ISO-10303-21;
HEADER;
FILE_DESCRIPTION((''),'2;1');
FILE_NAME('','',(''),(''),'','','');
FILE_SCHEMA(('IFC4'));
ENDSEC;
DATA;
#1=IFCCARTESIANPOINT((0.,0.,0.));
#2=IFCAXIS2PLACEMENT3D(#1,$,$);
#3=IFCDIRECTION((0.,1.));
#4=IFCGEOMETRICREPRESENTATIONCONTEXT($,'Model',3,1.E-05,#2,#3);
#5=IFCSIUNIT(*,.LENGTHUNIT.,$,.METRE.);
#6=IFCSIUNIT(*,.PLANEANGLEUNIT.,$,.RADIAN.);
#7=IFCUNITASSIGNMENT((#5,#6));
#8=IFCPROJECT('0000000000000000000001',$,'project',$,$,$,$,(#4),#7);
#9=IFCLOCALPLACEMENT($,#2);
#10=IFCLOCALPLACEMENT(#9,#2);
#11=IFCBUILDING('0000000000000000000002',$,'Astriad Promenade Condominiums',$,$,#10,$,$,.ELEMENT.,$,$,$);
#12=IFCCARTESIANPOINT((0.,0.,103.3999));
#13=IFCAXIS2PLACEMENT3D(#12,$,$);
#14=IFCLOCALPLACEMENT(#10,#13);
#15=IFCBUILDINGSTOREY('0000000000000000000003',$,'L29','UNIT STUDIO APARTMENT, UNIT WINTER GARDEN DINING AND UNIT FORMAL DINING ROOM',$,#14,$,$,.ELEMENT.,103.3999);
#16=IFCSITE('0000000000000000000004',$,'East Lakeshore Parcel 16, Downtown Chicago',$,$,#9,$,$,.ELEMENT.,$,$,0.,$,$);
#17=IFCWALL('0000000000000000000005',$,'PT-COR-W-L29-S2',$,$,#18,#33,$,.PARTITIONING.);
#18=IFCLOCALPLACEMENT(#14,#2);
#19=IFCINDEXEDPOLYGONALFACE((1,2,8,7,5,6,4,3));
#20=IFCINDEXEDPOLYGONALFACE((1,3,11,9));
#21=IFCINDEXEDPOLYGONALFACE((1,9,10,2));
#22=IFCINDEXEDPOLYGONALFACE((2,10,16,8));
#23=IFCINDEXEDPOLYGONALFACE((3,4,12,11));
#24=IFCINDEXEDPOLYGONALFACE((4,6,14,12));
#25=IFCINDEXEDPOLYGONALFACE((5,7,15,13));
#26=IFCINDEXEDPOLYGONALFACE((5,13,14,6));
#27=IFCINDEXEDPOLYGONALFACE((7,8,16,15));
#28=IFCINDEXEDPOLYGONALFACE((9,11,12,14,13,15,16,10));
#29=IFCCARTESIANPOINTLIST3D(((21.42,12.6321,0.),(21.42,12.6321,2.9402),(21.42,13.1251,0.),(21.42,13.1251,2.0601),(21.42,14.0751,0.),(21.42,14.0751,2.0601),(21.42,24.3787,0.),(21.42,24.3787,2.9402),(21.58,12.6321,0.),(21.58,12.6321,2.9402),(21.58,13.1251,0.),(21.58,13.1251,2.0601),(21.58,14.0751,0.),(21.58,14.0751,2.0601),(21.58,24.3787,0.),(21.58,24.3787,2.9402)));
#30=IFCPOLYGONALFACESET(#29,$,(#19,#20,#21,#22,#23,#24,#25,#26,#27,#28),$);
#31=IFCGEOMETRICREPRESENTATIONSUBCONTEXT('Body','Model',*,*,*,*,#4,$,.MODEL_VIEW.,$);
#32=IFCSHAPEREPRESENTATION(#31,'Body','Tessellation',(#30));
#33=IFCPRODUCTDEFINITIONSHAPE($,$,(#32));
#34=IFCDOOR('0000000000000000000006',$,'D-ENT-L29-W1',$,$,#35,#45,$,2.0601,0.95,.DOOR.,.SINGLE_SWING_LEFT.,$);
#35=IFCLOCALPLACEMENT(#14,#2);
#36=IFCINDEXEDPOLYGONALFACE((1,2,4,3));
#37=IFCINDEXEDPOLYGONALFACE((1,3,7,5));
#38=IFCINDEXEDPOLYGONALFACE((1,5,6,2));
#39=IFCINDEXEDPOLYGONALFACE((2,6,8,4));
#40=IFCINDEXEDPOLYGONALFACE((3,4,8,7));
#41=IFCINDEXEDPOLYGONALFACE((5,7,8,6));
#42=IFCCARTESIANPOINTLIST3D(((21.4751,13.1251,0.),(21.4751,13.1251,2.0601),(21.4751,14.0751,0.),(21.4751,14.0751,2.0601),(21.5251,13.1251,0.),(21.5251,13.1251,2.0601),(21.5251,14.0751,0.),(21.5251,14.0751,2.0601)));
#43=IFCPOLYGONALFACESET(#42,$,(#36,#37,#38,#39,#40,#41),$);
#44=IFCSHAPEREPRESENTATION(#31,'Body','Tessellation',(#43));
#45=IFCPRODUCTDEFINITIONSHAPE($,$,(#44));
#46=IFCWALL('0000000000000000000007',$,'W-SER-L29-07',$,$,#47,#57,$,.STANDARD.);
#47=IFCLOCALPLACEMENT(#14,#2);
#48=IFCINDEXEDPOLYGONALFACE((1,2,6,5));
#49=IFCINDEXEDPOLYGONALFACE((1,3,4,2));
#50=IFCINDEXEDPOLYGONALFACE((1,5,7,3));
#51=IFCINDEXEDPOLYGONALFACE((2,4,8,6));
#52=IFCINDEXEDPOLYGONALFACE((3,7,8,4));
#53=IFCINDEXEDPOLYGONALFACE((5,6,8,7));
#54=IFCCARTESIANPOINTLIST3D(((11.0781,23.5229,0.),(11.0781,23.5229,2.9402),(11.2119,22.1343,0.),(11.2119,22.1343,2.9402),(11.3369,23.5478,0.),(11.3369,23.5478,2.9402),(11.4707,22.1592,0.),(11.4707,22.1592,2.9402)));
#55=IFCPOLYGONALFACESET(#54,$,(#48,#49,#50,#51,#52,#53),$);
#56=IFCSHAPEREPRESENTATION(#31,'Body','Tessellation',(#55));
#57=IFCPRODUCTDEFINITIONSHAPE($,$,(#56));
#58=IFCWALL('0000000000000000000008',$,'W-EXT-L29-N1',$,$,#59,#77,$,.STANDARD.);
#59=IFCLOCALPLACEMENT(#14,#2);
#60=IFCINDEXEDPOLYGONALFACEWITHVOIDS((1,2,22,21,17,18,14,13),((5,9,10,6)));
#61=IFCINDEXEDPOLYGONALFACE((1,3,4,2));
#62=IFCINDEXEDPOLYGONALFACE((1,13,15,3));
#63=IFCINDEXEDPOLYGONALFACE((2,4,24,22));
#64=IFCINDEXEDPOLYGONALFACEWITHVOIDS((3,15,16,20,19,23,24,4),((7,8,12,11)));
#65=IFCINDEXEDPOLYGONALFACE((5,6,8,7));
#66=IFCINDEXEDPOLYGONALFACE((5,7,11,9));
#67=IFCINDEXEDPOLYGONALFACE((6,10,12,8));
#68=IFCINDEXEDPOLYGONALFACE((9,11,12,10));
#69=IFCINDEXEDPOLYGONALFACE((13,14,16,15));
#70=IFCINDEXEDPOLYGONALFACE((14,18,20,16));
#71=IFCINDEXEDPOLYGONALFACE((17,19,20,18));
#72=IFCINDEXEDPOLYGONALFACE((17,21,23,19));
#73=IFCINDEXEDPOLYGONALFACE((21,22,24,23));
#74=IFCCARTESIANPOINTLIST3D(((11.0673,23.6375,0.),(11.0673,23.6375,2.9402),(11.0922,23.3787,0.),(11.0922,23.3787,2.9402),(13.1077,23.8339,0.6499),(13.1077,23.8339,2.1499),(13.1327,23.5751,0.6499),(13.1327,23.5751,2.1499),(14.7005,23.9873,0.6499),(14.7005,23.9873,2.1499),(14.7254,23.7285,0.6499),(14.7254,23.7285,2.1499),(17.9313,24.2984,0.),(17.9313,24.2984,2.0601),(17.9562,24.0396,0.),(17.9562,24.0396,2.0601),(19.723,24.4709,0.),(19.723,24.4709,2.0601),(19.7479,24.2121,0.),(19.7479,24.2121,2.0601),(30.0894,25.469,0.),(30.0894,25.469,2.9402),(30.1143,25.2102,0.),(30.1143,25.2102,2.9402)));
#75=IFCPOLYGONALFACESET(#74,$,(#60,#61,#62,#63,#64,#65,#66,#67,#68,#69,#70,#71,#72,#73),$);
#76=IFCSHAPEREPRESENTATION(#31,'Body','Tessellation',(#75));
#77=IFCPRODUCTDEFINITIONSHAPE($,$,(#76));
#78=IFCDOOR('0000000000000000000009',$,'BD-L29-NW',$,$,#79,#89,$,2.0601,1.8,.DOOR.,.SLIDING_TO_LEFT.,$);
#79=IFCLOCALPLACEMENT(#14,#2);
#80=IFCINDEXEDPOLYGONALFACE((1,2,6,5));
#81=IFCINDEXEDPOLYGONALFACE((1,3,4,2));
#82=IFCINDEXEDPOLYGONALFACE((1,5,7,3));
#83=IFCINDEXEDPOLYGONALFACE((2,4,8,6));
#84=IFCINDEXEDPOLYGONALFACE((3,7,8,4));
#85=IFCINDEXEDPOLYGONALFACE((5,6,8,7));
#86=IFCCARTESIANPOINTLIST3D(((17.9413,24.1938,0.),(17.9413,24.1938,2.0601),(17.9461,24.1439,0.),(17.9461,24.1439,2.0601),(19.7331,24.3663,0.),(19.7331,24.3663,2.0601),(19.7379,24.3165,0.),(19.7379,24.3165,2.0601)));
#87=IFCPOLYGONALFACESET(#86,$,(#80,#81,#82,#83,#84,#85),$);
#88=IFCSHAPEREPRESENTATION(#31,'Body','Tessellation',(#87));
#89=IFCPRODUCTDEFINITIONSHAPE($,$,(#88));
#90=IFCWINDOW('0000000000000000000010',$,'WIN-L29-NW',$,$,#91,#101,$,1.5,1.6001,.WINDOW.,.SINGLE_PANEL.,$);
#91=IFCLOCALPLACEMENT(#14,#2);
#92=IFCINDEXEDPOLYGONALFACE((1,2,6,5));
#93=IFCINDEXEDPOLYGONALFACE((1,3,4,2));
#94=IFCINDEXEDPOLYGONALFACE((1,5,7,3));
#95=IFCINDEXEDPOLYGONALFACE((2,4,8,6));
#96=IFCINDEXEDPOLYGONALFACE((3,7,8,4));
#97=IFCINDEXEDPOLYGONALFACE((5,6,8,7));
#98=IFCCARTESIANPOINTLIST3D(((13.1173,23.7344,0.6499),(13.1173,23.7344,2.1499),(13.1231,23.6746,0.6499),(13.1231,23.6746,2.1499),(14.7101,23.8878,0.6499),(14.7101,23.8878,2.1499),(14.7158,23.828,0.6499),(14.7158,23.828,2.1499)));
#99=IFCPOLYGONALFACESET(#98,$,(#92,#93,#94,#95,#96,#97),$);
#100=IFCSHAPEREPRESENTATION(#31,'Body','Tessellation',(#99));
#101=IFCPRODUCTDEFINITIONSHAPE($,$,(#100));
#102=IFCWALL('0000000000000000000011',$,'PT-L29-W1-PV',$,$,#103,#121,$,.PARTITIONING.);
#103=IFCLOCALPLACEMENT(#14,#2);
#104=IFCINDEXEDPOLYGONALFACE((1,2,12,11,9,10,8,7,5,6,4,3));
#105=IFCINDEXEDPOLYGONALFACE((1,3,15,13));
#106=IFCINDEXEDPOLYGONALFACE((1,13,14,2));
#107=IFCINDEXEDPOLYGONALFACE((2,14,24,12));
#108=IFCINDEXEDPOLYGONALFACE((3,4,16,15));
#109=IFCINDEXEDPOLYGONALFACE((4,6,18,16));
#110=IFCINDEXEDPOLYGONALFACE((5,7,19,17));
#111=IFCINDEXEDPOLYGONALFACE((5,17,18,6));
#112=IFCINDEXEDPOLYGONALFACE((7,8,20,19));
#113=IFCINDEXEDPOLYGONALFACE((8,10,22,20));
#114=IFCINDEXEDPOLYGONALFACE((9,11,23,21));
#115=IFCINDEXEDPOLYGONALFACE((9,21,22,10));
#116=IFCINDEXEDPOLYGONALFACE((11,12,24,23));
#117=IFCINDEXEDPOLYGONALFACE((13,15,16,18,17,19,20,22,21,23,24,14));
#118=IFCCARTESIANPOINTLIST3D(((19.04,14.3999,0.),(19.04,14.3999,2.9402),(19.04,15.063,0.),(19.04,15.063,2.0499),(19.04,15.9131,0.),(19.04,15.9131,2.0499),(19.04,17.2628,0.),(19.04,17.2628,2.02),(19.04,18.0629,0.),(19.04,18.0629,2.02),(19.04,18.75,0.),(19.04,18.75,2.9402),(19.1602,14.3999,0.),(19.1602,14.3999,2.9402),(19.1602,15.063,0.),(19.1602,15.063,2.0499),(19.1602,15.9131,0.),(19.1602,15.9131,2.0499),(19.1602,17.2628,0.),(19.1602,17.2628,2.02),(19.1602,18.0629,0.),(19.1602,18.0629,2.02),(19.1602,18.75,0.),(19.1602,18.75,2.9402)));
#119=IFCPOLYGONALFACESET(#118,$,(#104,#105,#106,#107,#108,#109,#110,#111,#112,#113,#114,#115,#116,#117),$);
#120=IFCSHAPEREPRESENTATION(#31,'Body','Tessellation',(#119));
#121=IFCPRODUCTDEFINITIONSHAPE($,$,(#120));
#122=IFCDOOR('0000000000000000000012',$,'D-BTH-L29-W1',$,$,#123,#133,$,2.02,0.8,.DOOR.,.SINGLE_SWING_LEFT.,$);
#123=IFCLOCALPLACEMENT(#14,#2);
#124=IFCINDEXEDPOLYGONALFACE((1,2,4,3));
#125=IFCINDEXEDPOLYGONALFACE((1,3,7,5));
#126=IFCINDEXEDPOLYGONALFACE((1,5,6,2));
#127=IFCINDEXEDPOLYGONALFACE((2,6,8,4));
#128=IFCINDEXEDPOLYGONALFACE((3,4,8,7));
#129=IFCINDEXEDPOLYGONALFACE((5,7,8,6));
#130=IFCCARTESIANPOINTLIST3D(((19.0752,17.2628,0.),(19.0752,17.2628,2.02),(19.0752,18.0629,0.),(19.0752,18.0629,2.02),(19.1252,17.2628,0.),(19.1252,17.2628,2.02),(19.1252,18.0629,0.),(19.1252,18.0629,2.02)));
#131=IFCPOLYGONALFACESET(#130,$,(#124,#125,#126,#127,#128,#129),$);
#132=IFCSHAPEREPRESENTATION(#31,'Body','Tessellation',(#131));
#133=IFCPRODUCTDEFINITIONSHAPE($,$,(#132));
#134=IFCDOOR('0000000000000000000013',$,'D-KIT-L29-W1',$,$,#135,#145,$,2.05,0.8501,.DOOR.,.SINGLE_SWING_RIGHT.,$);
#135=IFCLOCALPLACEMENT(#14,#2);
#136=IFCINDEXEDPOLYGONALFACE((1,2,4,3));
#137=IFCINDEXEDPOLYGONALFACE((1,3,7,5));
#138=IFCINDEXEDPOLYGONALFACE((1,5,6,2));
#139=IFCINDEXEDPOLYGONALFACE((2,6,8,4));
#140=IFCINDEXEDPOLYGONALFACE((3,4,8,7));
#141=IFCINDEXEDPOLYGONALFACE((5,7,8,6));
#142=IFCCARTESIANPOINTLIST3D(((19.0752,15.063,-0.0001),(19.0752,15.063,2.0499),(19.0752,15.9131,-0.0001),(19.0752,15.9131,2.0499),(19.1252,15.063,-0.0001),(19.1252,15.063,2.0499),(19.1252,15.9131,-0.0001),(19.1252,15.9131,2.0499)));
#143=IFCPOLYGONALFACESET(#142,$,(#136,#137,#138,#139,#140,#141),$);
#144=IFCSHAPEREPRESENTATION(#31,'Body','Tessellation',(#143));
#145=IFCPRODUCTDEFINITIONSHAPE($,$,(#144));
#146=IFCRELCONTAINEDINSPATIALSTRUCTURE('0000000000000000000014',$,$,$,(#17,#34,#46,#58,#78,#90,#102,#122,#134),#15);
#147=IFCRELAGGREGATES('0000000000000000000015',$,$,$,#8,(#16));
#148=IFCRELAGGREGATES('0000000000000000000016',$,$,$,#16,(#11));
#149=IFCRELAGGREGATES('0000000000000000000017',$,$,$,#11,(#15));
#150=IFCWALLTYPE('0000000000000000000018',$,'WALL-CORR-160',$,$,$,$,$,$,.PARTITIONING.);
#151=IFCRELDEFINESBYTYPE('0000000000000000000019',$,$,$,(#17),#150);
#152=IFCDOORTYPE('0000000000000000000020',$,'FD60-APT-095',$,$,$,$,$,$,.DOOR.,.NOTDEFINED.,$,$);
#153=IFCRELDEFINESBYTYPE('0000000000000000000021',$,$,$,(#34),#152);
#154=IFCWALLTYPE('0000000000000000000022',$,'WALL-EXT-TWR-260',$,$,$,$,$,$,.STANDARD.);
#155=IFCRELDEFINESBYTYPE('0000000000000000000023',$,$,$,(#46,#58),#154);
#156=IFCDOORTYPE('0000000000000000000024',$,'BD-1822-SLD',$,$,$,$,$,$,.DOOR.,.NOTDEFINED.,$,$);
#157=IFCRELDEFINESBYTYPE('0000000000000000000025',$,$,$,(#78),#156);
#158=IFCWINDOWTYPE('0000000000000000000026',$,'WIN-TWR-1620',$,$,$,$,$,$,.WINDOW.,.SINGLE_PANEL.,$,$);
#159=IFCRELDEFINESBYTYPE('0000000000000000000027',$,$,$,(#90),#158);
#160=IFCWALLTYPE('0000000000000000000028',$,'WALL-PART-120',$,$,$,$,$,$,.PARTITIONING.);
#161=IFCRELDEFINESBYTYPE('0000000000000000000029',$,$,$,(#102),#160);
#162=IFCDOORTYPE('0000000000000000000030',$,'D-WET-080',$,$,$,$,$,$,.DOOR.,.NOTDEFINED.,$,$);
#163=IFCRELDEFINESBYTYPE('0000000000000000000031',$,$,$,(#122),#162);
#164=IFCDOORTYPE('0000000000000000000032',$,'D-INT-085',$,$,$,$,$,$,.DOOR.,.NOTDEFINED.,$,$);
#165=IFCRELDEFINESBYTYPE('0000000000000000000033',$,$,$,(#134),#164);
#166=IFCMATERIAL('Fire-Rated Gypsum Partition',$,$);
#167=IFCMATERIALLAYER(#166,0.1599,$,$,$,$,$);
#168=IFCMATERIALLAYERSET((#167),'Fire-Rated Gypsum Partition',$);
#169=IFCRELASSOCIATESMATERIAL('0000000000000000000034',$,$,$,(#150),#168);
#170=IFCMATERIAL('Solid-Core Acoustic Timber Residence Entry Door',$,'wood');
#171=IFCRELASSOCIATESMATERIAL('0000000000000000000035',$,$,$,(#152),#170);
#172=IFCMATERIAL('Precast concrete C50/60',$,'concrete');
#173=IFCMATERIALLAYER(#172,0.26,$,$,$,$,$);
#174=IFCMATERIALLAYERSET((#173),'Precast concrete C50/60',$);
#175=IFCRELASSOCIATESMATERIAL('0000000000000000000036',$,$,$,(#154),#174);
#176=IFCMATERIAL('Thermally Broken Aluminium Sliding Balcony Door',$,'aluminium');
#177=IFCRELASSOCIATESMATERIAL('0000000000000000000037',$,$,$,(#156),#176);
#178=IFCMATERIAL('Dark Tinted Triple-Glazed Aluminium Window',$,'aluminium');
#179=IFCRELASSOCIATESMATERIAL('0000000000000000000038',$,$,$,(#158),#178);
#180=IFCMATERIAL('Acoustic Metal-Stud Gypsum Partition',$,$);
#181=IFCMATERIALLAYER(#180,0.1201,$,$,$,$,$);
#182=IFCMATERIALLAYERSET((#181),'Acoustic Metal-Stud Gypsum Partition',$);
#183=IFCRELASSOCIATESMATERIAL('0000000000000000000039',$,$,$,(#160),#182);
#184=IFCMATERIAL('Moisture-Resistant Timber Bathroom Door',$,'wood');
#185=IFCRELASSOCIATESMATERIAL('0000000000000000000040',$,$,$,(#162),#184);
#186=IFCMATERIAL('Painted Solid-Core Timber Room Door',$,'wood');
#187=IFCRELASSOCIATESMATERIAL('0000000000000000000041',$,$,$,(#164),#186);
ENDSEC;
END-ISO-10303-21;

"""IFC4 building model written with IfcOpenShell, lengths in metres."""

from ifc_helpers import new_model, si_unit, direction, frame, frame_2d, origin, place, context, subcontext, project, spatial, rectangle, extrude, source, transform, mapped, material, layer, layer_set, type_object, type_shapes, element, fill, save


model = new_model("IFC4")

# Units and contexts
model_context = context("Model", 3, precision=1e-05, world=origin(), true_north=direction((0.0, 1.0)))
body_context = subcontext(model_context, "Body", "Model", "MODEL_VIEW")
ifc_project = project(units=[si_unit("LENGTHUNIT", "METRE"), si_unit("PLANEANGLEUNIT", "RADIAN")], contexts=[model_context])

# Site, building, storey
site_placement = place(None, origin())
site = spatial("IfcSite", under=ifc_project, at=site_placement, Name="East Lakeshore Parcel 16, Downtown Chicago", CompositionType="ELEMENT", RefElevation=0.0)
building_placement = place(site_placement, origin())
building = spatial("IfcBuilding", under=site, at=building_placement, Name="Astriad Promenade Condominiums", CompositionType="ELEMENT")
storey_placement = place(building_placement, frame((0.0, 0.0, 103.3999)))
storey = spatial("IfcBuildingStorey", under=building, at=storey_placement, Name="L29", Description="UNIT STUDIO APARTMENT, UNIT WINTER GARDEN DINING AND UNIT FORMAL DINING ROOM", CompositionType="ELEMENT", Elevation=103.3999)

# Shared definitions
ifc_material_1 = material(Name="Fire-Rated Gypsum Partition")
ifc_layer_1 = layer(ifc_material_1, 0.1599)
ifc_layer_set_1 = layer_set([ifc_layer_1], Name="Fire-Rated Gypsum Partition")
wall_type_1 = type_object("IfcWallType", Name="WALL-CORR-160", PredefinedType="PARTITIONING", material=ifc_layer_set_1)
ifc_material_2 = material(Name="Solid-Core Acoustic Timber Residence Entry Door", Category="wood")
door_type_1 = type_object("IfcDoorType", Name="FD60-APT-095", OperationType="NOTDEFINED", PredefinedType="DOOR", material=ifc_material_2)
shared_shape_1 = source(origin(), body_context, "Body", "SweptSolid", [
    extrude(rectangle(XDim=0.95, YDim=2.0601, at=frame_2d((0.4751, 1.03))), frame((0.0, 0.0249, 0.0), z_axis=(0.0, -1.0, 0.0), x_axis=(1.0, 0.0, 0.0)), (0.0, 0.0, 1.0), 0.05),
])
type_shapes(door_type_1, [shared_shape_1])

# Wall, opening, door
wall_1_placement = place(storey_placement, frame((21.5, 12.6321, 0.0), z_axis=(0.0, 0.0, 1.0), x_axis=(0.0, 1.0, 0.0)))
wall_1 = element("IfcWall", 1, at=wall_1_placement, inside=storey, type_object=wall_type_1, Name="PT-COR-W-L29-S2", PredefinedType="PARTITIONING", context=body_context, shape_type="SweptSolid", body=[
    extrude(rectangle(XDim=11.7466, YDim=0.1599, at=frame_2d((5.8733, 0.0))), origin(), (0.0, 0.0, 1.0), 2.9402),
])
opening_1_placement = place(wall_1_placement, frame((0.4929, 0.0, 0.0)))
opening_1 = element("IfcOpeningElement", 2, at=opening_1_placement, cuts=wall_1, PredefinedType="OPENING", context=body_context, shape_type="SweptSolid", body=[
    extrude(rectangle(XDim=0.95, YDim=2.0601, at=frame_2d((0.4751, 1.03))), frame((0.0, 0.0898, 0.0), z_axis=(0.0, -1.0, 0.0), x_axis=(1.0, 0.0, 0.0)), (0.0, 0.0, 1.0), 0.1799),
])
door_1_placement = place(opening_1_placement, origin())
door_1 = element("IfcDoor", 3, at=door_1_placement, inside=storey, type_object=door_type_1, Name="D-ENT-L29-W1", OperationType="SINGLE_SWING_LEFT", OverallHeight=2.0601, OverallWidth=0.95, PredefinedType="DOOR", context=body_context, shape_type="MappedRepresentation", body=[
    mapped(shared_shape_1, transform((0.0, 0.0, 0.0), scale=1.0)),
])
fill(opening_1, door_1)

# Wall
ifc_material_3 = material(Name="Precast concrete C50/60", Category="concrete")
ifc_layer_2 = layer(ifc_material_3, 0.26)
ifc_layer_set_2 = layer_set([ifc_layer_2], Name="Precast concrete C50/60")
wall_type_2 = type_object("IfcWallType", Name="WALL-EXT-TWR-260", PredefinedType="STANDARD", material=ifc_layer_set_2)
wall_2_placement = place(storey_placement, frame((11.3413, 22.1467, 0.0), z_axis=(0.0, 0.0, 1.0), x_axis=(-0.095899, 0.995391, 0.0)))
element("IfcWall", 4, at=wall_2_placement, inside=storey, type_object=wall_type_2, Name="W-SER-L29-07", PredefinedType="STANDARD", context=body_context, shape_type="SweptSolid", body=[
    extrude(rectangle(XDim=1.395, YDim=0.26, at=frame_2d((0.6975, 0.0))), origin(), (0.0, 0.0, 1.0), 2.9402),
])

# Wall, openings, door, window
wall_3_placement = place(storey_placement, frame((11.0796, 23.5081, 0.0), z_axis=(0.0, 0.0, 1.0), x_axis=(0.995397, 0.095841, 0.0)))
wall_3 = element("IfcWall", 5, at=wall_3_placement, inside=storey, type_object=wall_type_2, Name="W-EXT-L29-N1", PredefinedType="STANDARD", context=body_context, shape_type="SweptSolid", body=[
    extrude(rectangle(XDim=19.1101, YDim=0.26, at=frame_2d((9.5552, 0.0))), origin(), (0.0, 0.0, 1.0), 2.9402),
])
opening_2_placement = place(wall_3_placement, frame((6.896, 0.0, 0.0)))
opening_2 = element("IfcOpeningElement", 6, at=opening_2_placement, cuts=wall_3, PredefinedType="OPENING", context=body_context, shape_type="SweptSolid", body=[
    extrude(rectangle(XDim=1.8, YDim=2.0601, at=frame_2d((0.8999, 1.03))), frame((0.0, 0.1399, 0.0), z_axis=(0.0, -1.0, 0.0), x_axis=(1.0, 0.0, 0.0)), (0.0, 0.0, 1.0), 0.28),
])
opening_3_placement = place(wall_3_placement, frame((2.05, 0.0, 0.6499)))
opening_3 = element("IfcOpeningElement", 7, at=opening_3_placement, cuts=wall_3, PredefinedType="OPENING", context=body_context, shape_type="SweptSolid", body=[
    extrude(rectangle(XDim=1.6001, YDim=1.5, at=frame_2d((0.8, 0.75))), frame((0.0, 0.1399, 0.0), z_axis=(0.0, -1.0, 0.0), x_axis=(1.0, 0.0, 0.0)), (0.0, 0.0, 1.0), 0.28),
])
ifc_material_4 = material(Name="Thermally Broken Aluminium Sliding Balcony Door", Category="aluminium")
door_type_2 = type_object("IfcDoorType", Name="BD-1822-SLD", OperationType="NOTDEFINED", PredefinedType="DOOR", material=ifc_material_4)
shared_shape_2 = source(origin(), body_context, "Body", "SweptSolid", [
    extrude(rectangle(XDim=1.8, YDim=2.0601, at=frame_2d((0.8999, 1.03))), frame((0.0, 0.0249, 0.0), z_axis=(0.0, -1.0, 0.0), x_axis=(1.0, 0.0, 0.0)), (0.0, 0.0, 1.0), 0.05),
])
type_shapes(door_type_2, [shared_shape_2])
door_2_placement = place(opening_2_placement, origin())
door_2 = element("IfcDoor", 8, at=door_2_placement, inside=storey, type_object=door_type_2, Name="BD-L29-NW", OperationType="SLIDING_TO_LEFT", OverallHeight=2.0601, OverallWidth=1.8, PredefinedType="DOOR", context=body_context, shape_type="MappedRepresentation", body=[
    mapped(shared_shape_2, transform((0.0, 0.0, 0.0), scale=1.0)),
])
fill(opening_2, door_2)
ifc_material_5 = material(Name="Dark Tinted Triple-Glazed Aluminium Window", Category="aluminium")
window_type = type_object("IfcWindowType", Name="WIN-TWR-1620", PartitioningType="SINGLE_PANEL", PredefinedType="WINDOW", material=ifc_material_5)
shared_shape_3 = source(origin(), body_context, "Body", "SweptSolid", [
    extrude(rectangle(XDim=1.6001, YDim=1.5, at=frame_2d((0.8, 0.75))), frame((0.0, 0.03, 0.0), z_axis=(0.0, -1.0, 0.0), x_axis=(1.0, 0.0, 0.0)), (0.0, 0.0, 1.0), 0.0601),
])
type_shapes(window_type, [shared_shape_3])
window_placement = place(opening_3_placement, origin())
window = element("IfcWindow", 9, at=window_placement, inside=storey, type_object=window_type, Name="WIN-L29-NW", OverallHeight=1.5, OverallWidth=1.6001, PartitioningType="SINGLE_PANEL", PredefinedType="WINDOW", context=body_context, shape_type="MappedRepresentation", body=[
    mapped(shared_shape_3, transform((0.0, 0.0, 0.0), scale=1.0)),
])
fill(opening_3, window)

# Wall, openings, doors
ifc_material_6 = material(Name="Acoustic Metal-Stud Gypsum Partition")
ifc_layer_3 = layer(ifc_material_6, 0.1201)
ifc_layer_set_3 = layer_set([ifc_layer_3], Name="Acoustic Metal-Stud Gypsum Partition")
wall_type_3 = type_object("IfcWallType", Name="WALL-PART-120", PredefinedType="PARTITIONING", material=ifc_layer_set_3)
wall_4_placement = place(storey_placement, frame((19.1001, 14.3999, 0.0), z_axis=(0.0, 0.0, 1.0), x_axis=(0.0, 1.0, 0.0)))
wall_4 = element("IfcWall", 10, at=wall_4_placement, inside=storey, type_object=wall_type_3, Name="PT-L29-W1-PV", PredefinedType="PARTITIONING", context=body_context, shape_type="SweptSolid", body=[
    extrude(rectangle(XDim=4.3501, YDim=0.1201, at=frame_2d((2.175, 0.0))), origin(), (0.0, 0.0, 1.0), 2.9402),
])
opening_4_placement = place(wall_4_placement, frame((0.6631, 0.0, 0.0)))
opening_4 = element("IfcOpeningElement", 11, at=opening_4_placement, cuts=wall_4, PredefinedType="OPENING", context=body_context, shape_type="SweptSolid", body=[
    extrude(rectangle(XDim=0.8501, YDim=2.05, at=frame_2d((0.425, 1.0249))), frame((0.0, 0.0701, 0.0), z_axis=(0.0, -1.0, 0.0), x_axis=(1.0, 0.0, 0.0)), (0.0, 0.0, 1.0), 0.1401),
])
opening_5_placement = place(wall_4_placement, frame((2.863, 0.0, 0.0)))
opening_5 = element("IfcOpeningElement", 12, at=opening_5_placement, cuts=wall_4, PredefinedType="OPENING", context=body_context, shape_type="SweptSolid", body=[
    extrude(rectangle(XDim=0.8, YDim=2.02, at=frame_2d((0.3999, 1.01))), frame((0.0, 0.0701, 0.0), z_axis=(0.0, -1.0, 0.0), x_axis=(1.0, 0.0, 0.0)), (0.0, 0.0, 1.0), 0.1401),
])
ifc_material_7 = material(Name="Moisture-Resistant Timber Bathroom Door", Category="wood")
door_type_3 = type_object("IfcDoorType", Name="D-WET-080", OperationType="NOTDEFINED", PredefinedType="DOOR", material=ifc_material_7)
shared_shape_4 = source(origin(), body_context, "Body", "SweptSolid", [
    extrude(rectangle(XDim=0.8, YDim=2.02, at=frame_2d((0.3999, 1.01))), frame((0.0, 0.0249, 0.0), z_axis=(0.0, -1.0, 0.0), x_axis=(1.0, 0.0, 0.0)), (0.0, 0.0, 1.0), 0.05),
])
type_shapes(door_type_3, [shared_shape_4])
door_3_placement = place(opening_5_placement, origin())
door_3 = element("IfcDoor", 13, at=door_3_placement, inside=storey, type_object=door_type_3, Name="D-BTH-L29-W1", OperationType="SINGLE_SWING_LEFT", OverallHeight=2.02, OverallWidth=0.8, PredefinedType="DOOR", context=body_context, shape_type="MappedRepresentation", body=[
    mapped(shared_shape_4, transform((0.0, 0.0, 0.0), scale=1.0)),
])
fill(opening_5, door_3)
ifc_material_8 = material(Name="Painted Solid-Core Timber Room Door", Category="wood")
door_type_4 = type_object("IfcDoorType", Name="D-INT-085", OperationType="NOTDEFINED", PredefinedType="DOOR", material=ifc_material_8)
shared_shape_5 = source(origin(), body_context, "Body", "SweptSolid", [
    extrude(rectangle(XDim=0.8501, YDim=2.05, at=frame_2d((0.425, 1.0249))), frame((0.0, 0.0249, 0.0), z_axis=(0.0, -1.0, 0.0), x_axis=(1.0, 0.0, 0.0)), (0.0, 0.0, 1.0), 0.05),
])
type_shapes(door_type_4, [shared_shape_5])
door_4_placement = place(opening_4_placement, origin())
door_4 = element("IfcDoor", 14, at=door_4_placement, inside=storey, type_object=door_type_4, Name="D-KIT-L29-W1", OperationType="SINGLE_SWING_RIGHT", OverallHeight=2.05, OverallWidth=0.8501, PredefinedType="DOOR", context=body_context, shape_type="MappedRepresentation", body=[
    mapped(shared_shape_5, transform((0.0, 0.0, 0.0), scale=1.0)),
])
fill(opening_4, door_4)

save(model, "model.ifc")
